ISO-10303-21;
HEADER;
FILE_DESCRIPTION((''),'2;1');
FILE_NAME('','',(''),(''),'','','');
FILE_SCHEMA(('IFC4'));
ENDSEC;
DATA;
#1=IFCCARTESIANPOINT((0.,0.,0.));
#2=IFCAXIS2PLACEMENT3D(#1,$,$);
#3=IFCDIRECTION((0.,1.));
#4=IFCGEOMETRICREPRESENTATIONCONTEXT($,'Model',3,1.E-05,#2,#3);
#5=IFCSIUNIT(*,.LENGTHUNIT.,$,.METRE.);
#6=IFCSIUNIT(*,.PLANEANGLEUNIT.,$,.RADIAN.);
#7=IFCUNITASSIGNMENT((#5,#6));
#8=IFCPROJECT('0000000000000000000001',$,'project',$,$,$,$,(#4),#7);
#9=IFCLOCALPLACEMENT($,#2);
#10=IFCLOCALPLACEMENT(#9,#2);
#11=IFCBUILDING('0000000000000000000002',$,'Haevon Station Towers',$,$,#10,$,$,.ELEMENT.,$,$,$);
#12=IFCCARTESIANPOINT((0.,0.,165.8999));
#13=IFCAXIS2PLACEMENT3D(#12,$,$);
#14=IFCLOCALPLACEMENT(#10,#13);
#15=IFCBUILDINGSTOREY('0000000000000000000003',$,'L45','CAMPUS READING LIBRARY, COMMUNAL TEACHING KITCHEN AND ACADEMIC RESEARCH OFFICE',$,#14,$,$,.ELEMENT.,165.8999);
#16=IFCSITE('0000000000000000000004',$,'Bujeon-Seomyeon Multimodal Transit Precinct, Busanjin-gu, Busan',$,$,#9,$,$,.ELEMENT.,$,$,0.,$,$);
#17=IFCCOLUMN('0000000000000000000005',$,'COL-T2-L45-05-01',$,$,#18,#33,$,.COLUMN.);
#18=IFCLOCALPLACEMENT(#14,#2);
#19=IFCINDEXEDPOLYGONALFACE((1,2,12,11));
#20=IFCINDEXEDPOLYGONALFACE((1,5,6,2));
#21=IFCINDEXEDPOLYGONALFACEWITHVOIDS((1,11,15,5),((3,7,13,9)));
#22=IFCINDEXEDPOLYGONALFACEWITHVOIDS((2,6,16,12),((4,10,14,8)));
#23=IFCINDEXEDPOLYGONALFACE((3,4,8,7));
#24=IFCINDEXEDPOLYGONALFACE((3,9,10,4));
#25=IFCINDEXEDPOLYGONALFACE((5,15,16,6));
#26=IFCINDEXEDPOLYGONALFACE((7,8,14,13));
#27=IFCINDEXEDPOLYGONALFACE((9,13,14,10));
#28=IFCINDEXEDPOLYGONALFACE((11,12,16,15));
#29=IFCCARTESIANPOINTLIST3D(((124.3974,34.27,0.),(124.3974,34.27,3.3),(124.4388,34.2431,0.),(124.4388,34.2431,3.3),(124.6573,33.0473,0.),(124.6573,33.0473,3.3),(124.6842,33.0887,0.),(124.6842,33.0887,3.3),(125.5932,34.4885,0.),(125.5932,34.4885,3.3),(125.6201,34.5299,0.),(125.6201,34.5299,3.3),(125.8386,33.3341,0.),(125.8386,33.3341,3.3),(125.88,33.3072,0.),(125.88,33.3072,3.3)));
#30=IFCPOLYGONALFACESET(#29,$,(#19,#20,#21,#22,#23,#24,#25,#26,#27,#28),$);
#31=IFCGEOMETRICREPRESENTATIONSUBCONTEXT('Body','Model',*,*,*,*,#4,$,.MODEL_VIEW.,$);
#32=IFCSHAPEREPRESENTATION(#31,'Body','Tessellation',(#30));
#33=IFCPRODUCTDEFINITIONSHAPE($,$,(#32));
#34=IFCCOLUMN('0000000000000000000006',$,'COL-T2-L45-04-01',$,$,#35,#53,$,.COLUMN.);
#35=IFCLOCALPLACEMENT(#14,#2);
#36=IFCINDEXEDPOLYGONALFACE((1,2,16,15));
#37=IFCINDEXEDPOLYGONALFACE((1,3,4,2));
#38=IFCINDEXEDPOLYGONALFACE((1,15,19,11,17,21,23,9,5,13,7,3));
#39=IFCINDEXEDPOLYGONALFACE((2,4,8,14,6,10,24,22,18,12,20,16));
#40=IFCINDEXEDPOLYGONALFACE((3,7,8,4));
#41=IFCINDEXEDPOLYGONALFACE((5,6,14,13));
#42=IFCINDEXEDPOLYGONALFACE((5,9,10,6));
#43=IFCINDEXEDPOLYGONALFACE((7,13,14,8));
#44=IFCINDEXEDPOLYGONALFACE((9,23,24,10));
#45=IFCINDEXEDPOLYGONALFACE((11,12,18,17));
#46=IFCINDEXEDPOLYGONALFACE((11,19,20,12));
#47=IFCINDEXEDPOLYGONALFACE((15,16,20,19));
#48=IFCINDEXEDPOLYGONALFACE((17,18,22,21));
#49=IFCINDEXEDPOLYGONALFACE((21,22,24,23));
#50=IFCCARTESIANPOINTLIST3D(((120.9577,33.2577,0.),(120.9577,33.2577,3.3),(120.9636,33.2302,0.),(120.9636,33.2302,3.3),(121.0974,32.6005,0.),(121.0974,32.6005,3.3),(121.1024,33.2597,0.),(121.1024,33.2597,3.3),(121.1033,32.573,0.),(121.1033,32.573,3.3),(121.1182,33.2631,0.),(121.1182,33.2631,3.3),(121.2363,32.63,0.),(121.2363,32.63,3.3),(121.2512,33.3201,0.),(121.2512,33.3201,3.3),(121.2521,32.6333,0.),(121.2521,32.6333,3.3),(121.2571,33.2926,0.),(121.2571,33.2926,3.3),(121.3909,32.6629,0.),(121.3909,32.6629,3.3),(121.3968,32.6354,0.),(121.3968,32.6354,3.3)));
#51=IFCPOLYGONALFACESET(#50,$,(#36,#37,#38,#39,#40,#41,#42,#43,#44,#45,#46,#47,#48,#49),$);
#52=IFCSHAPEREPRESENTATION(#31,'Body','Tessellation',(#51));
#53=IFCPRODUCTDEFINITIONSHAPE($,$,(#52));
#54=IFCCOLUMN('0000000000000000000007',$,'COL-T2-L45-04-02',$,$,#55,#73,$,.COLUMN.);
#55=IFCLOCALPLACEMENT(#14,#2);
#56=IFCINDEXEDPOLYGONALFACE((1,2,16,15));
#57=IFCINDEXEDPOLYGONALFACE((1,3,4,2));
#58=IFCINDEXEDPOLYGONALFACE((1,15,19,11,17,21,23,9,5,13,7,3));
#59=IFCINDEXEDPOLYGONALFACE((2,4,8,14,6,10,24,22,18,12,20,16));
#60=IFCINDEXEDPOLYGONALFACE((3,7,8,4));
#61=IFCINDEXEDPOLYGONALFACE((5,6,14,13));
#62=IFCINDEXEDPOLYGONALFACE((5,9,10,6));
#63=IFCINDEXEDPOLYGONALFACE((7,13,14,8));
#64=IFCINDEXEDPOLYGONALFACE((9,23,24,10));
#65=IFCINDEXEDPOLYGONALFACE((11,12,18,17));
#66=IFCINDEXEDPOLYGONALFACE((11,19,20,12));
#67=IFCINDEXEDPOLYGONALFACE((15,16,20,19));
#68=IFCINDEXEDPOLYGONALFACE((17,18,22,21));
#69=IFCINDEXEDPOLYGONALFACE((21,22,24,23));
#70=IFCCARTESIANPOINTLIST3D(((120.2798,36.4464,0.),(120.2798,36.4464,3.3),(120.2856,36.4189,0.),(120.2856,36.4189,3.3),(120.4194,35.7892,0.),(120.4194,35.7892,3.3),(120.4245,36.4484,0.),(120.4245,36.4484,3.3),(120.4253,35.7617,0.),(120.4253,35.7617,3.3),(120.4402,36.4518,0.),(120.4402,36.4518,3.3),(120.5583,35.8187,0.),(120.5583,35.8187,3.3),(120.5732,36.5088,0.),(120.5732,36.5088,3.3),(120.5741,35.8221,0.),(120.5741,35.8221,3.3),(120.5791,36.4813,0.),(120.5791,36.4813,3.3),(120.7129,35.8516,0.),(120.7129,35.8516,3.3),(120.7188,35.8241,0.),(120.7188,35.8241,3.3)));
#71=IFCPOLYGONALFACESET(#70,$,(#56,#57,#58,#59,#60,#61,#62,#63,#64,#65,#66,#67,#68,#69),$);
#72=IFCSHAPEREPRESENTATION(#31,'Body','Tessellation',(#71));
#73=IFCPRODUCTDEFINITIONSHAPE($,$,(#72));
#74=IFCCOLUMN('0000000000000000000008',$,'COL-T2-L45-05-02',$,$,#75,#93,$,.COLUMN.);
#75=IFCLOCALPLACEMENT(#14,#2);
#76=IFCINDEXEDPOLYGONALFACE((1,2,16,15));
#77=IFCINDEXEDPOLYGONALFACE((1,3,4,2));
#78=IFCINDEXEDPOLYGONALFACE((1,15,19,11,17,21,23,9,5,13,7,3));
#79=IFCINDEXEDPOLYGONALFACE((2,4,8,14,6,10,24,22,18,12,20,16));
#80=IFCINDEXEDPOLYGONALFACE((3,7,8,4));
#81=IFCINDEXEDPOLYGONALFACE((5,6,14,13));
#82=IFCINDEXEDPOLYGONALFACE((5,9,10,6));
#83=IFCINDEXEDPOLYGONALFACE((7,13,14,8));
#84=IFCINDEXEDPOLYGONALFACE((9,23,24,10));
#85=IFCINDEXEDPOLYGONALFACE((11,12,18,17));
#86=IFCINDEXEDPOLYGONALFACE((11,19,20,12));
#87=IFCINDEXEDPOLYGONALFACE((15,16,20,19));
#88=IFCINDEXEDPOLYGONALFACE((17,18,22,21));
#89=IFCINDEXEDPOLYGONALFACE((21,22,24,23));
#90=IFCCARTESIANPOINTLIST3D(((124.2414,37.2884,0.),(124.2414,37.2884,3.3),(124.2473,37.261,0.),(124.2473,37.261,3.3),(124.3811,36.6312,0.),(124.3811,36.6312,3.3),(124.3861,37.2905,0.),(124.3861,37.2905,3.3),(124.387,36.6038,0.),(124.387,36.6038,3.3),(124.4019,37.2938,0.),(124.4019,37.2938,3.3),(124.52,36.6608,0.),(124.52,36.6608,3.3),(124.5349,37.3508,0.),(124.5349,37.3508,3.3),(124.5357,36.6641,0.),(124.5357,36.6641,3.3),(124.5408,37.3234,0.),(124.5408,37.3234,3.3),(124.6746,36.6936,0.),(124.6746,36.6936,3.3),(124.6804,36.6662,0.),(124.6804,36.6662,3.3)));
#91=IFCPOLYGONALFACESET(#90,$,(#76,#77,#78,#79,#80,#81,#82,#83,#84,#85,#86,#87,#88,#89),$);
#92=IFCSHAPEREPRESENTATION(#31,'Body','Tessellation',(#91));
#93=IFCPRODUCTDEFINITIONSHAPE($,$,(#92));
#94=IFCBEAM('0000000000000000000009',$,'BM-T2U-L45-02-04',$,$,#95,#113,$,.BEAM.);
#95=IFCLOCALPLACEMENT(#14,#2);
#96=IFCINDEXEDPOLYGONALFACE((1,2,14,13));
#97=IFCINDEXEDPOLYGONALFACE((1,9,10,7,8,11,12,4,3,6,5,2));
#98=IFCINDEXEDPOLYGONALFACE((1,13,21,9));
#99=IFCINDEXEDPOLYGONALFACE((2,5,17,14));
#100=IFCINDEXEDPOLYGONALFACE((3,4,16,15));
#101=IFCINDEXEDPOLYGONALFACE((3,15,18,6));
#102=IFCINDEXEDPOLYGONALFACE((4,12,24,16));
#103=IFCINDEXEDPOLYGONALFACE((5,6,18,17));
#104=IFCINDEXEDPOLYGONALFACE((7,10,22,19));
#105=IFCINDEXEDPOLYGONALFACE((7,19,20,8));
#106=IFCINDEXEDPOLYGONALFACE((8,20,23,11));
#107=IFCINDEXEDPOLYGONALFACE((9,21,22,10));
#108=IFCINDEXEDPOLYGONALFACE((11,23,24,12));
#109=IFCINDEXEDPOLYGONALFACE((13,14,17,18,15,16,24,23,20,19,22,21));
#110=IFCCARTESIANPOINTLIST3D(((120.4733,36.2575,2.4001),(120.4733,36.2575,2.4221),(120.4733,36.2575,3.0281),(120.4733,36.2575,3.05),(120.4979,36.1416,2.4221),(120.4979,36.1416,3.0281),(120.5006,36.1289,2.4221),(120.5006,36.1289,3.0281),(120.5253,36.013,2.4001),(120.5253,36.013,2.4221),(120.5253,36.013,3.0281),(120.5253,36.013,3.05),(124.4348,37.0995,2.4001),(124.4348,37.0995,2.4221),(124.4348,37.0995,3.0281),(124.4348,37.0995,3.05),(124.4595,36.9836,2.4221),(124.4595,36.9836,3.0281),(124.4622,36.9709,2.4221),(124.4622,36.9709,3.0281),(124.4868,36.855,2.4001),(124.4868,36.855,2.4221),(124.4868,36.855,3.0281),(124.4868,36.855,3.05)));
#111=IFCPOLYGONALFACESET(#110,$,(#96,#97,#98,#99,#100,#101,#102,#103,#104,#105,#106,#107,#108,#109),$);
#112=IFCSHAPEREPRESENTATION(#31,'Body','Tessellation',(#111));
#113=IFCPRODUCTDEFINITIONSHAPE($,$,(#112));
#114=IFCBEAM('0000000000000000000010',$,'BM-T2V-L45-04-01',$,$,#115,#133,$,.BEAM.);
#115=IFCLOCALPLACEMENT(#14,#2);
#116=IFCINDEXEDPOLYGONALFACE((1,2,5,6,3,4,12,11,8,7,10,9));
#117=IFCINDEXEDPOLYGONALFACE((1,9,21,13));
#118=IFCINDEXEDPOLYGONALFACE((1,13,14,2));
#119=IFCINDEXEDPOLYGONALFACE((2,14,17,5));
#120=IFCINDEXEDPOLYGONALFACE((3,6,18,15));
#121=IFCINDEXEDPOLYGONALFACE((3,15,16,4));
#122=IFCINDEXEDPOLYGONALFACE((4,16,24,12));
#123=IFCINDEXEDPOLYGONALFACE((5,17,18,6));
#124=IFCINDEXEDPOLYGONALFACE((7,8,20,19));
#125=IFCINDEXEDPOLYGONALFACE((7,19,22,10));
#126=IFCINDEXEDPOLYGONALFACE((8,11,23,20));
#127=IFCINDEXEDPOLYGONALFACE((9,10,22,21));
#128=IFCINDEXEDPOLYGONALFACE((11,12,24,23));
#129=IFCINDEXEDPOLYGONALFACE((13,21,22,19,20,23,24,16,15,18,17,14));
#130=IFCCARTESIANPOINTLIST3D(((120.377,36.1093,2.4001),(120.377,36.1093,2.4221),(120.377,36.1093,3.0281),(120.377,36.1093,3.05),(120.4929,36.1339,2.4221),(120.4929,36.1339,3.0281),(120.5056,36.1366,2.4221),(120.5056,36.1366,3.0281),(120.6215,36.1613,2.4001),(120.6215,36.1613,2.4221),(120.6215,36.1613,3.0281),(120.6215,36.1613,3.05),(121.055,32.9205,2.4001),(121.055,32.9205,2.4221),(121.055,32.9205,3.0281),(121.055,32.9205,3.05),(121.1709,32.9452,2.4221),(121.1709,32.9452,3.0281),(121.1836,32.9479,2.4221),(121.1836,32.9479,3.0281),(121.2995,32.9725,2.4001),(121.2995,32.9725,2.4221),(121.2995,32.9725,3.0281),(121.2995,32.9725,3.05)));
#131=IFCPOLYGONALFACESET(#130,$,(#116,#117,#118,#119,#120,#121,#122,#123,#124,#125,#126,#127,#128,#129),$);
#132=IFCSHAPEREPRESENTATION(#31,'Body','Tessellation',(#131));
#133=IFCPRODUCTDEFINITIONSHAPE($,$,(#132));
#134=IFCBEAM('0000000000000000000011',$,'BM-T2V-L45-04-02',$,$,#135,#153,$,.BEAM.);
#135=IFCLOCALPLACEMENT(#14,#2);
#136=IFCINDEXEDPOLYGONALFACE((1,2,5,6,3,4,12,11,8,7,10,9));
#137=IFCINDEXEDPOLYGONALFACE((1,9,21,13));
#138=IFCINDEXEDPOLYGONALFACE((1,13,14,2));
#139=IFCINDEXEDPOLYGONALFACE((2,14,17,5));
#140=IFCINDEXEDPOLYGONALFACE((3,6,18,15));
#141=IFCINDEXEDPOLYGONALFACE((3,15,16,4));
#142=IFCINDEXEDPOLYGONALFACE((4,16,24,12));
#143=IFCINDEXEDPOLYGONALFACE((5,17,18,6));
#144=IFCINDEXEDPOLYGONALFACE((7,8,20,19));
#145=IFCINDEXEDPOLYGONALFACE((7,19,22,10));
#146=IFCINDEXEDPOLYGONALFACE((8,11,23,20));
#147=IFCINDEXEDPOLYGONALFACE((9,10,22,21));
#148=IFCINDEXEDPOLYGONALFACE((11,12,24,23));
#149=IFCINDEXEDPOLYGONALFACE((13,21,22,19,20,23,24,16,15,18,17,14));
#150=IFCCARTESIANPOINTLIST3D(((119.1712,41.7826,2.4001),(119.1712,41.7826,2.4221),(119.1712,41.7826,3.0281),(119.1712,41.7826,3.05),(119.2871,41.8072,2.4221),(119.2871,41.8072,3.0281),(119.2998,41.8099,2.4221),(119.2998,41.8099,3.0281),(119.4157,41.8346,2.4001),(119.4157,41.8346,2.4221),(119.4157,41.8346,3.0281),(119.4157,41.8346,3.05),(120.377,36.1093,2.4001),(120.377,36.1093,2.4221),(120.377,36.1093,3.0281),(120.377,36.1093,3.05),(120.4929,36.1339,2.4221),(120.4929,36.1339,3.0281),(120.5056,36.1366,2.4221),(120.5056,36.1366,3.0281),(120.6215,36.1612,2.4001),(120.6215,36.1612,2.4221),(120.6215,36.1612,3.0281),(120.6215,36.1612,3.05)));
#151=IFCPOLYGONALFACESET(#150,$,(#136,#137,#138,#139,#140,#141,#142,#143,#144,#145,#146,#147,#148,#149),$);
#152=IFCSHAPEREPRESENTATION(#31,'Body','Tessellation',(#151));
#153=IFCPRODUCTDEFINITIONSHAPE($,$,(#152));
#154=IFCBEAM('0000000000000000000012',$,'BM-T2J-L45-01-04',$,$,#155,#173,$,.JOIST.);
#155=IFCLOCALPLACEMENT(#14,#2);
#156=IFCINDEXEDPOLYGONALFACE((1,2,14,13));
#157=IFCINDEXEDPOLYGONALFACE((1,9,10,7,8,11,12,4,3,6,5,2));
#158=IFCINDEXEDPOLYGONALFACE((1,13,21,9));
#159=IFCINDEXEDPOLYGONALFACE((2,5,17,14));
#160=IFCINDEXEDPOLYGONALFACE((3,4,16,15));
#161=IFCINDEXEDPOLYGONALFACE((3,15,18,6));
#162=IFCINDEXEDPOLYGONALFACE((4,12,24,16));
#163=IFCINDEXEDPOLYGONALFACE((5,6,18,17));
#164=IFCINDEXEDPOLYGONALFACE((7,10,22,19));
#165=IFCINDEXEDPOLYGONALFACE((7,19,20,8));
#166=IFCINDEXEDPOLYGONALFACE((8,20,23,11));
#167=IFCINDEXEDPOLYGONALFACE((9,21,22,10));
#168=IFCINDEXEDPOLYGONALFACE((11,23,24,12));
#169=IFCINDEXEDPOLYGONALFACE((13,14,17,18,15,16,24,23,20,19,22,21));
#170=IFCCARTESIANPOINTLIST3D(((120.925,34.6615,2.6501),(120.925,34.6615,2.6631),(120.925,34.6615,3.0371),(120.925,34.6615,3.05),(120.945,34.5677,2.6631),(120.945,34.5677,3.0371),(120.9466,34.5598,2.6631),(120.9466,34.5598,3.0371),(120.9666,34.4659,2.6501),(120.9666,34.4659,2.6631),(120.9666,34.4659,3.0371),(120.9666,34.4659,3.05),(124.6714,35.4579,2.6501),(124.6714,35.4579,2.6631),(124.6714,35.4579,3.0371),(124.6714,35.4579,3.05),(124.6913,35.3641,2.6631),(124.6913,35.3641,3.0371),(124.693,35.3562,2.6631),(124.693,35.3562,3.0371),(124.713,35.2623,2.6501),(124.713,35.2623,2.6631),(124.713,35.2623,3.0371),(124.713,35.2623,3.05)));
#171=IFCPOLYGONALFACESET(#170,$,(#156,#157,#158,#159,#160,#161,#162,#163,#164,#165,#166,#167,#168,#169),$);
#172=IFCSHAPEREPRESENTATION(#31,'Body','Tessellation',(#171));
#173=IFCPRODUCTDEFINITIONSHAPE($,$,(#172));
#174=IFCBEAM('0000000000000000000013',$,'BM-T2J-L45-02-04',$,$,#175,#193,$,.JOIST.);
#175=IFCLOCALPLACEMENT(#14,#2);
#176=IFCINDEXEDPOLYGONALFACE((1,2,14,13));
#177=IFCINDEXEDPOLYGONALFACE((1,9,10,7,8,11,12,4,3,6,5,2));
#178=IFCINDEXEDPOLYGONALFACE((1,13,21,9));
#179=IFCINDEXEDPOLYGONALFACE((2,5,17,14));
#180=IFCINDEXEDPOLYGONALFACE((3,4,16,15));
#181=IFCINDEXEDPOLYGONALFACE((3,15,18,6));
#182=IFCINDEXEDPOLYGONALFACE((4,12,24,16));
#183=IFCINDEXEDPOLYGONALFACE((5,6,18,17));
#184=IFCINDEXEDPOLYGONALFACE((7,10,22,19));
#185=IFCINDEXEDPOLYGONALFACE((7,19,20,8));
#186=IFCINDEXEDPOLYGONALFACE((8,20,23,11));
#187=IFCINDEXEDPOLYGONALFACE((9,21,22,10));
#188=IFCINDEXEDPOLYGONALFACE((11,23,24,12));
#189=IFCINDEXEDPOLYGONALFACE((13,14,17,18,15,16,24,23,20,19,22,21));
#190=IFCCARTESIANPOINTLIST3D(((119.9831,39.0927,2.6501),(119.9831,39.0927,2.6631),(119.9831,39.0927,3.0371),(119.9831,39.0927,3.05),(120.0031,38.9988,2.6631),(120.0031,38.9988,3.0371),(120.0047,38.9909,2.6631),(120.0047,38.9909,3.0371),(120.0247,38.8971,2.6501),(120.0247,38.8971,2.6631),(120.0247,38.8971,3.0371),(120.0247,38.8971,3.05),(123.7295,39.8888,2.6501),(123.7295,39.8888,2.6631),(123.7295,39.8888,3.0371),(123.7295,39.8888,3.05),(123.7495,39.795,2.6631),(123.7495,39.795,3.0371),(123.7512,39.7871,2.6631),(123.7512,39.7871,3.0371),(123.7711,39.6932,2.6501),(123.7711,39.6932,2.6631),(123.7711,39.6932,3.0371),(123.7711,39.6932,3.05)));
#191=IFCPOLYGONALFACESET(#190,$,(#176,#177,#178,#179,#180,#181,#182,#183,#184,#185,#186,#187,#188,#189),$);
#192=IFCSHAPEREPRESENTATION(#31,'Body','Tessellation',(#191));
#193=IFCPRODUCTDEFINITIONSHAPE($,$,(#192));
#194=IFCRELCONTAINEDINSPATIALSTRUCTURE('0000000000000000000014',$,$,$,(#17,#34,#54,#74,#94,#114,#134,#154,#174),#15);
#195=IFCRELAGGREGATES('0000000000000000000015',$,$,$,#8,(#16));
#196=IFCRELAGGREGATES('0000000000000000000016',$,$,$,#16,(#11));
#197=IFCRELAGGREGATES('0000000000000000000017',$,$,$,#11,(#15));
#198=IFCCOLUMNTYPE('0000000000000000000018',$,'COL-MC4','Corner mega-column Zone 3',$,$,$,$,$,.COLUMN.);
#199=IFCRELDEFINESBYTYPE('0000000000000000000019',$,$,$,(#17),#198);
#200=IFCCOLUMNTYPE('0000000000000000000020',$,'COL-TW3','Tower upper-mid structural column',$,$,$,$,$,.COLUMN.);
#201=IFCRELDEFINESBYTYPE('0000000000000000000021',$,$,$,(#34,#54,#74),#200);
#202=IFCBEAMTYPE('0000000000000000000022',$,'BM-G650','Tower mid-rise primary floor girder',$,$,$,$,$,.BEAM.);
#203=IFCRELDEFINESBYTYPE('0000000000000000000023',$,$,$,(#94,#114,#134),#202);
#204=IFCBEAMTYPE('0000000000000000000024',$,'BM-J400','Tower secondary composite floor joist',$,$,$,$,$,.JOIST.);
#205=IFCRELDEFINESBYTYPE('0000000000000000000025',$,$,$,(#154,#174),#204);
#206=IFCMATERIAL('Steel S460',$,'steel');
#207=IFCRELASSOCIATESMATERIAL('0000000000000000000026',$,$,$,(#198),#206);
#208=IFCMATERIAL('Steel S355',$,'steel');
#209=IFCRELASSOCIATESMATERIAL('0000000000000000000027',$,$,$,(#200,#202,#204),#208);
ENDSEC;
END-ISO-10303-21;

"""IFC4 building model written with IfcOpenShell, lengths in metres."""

from ifc_helpers import new_model, si_unit, direction, frame, origin, origin_2d, place, context, subcontext, project, spatial, hollow_rectangle, i_section, extrude, material, material_profile, profile_set, type_object, element, save


model = new_model("IFC4")

# Units and contexts
model_context = context("Model", 3, precision=1e-05, world=origin(), true_north=direction((0.0, 1.0)))
body_context = subcontext(model_context, "Body", "Model", "MODEL_VIEW")
ifc_project = project(units=[si_unit("LENGTHUNIT", "METRE"), si_unit("PLANEANGLEUNIT", "RADIAN")], contexts=[model_context])

# Site, building, storey
site_placement = place(None, origin())
site = spatial("IfcSite", under=ifc_project, at=site_placement, Name="Bujeon-Seomyeon Multimodal Transit Precinct, Busanjin-gu, Busan", CompositionType="ELEMENT", RefElevation=0.0)
building_placement = place(site_placement, origin())
building = spatial("IfcBuilding", under=site, at=building_placement, Name="Haevon Station Towers", CompositionType="ELEMENT")
storey_placement = place(building_placement, frame((0.0, 0.0, 165.8999)))
storey = spatial("IfcBuildingStorey", under=building, at=storey_placement, Name="L45", Description="CAMPUS READING LIBRARY, COMMUNAL TEACHING KITCHEN AND ACADEMIC RESEARCH OFFICE", CompositionType="ELEMENT", Elevation=165.8999)

# Columns
ifc_material_1 = material(Name="Steel S460", Category="steel")
ifc_material_profile_1 = material_profile(ifc_material_1, hollow_rectangle(XDim=1.25, YDim=1.25, WallThickness=0.0349, at=origin_2d()), Name="BOX-1250x1250x35")
ifc_profile_set_1 = profile_set([ifc_material_profile_1], Name="Steel S460")
column_type_1 = type_object("IfcColumnType", Name="COL-MC4", Description="Corner mega-column Zone 3", PredefinedType="COLUMN", material=ifc_profile_set_1)
column_placement = place(storey_placement, frame((125.1387, 33.7886, 0.0), z_axis=(0.0, 0.0, 1.0), x_axis=(0.978148, 0.207912, 0.0)))
element("IfcColumn", 1, at=column_placement, inside=storey, type_object=column_type_1, Name="COL-T2-L45-05-01", PredefinedType="COLUMN", context=body_context, shape_type="SweptSolid", body=[
    extrude(hollow_rectangle(XDim=1.25, YDim=1.25, WallThickness=0.0349, at=origin_2d()), origin(), (0.0, 0.0, 1.0), 3.3),
])
ifc_material_2 = material(Name="Steel S355", Category="steel")
ifc_material_profile_2 = material_profile(ifc_material_2, i_section(OverallWidth=0.3, OverallDepth=0.7, WebThickness=0.0161, FlangeThickness=0.0281, at=origin_2d()), Name="H-700x300x16x28")
ifc_profile_set_2 = profile_set([ifc_material_profile_2], Name="Steel S355")
column_type_2 = type_object("IfcColumnType", Name="COL-TW3", Description="Tower upper-mid structural column", PredefinedType="COLUMN", material=ifc_profile_set_2)
for number, where, z_axis, x_axis, name in (
    (2, (121.1772, 32.9465, 0.0), (0.0, 0.0, 1.0), (0.978148, 0.207912, 0.0), "COL-T2-L45-04-01"),
    (3, (120.4993, 36.1353, 0.0), (0.0, 0.0, 1.0), (0.978148, 0.207912, 0.0), "COL-T2-L45-04-02"),
    (4, (124.4609, 36.9773, 0.0), (0.0, 0.0, 1.0), (0.978148, 0.207912, 0.0), "COL-T2-L45-05-02"),
):
    element("IfcColumn", number, at=place(storey_placement, frame(where, z_axis=z_axis, x_axis=x_axis)), inside=storey, type_object=column_type_2, Name=name, PredefinedType="COLUMN", context=body_context, shape_type="SweptSolid", body=[
        extrude(i_section(OverallWidth=0.3, OverallDepth=0.7, WebThickness=0.0161, FlangeThickness=0.0281, at=origin_2d()), origin(), (0.0, 0.0, 1.0), 3.3),
    ])

# Beams
ifc_material_profile_3 = material_profile(ifc_material_2, i_section(OverallWidth=0.25, OverallDepth=0.6499, WebThickness=0.0129, FlangeThickness=0.022, at=origin_2d()), Name="H-650x250x13x22")
ifc_profile_set_3 = profile_set([ifc_material_profile_3], Name="Steel S355")
beam_type_1 = type_object("IfcBeamType", Name="BM-G650", Description="Tower mid-rise primary floor girder", PredefinedType="BEAM", material=ifc_profile_set_3)
beam_1_placement = place(storey_placement, frame((120.4993, 36.1353, 2.7251), z_axis=(0.97815, 0.207903, 0.0), x_axis=(-0.207903, 0.97815, 0.0)))
element("IfcBeam", 5, at=beam_1_placement, inside=storey, type_object=beam_type_1, Name="BM-T2U-L45-02-04", PredefinedType="BEAM", context=body_context, shape_type="SweptSolid", body=[
    extrude(i_section(OverallWidth=0.25, OverallDepth=0.6499, WebThickness=0.0129, FlangeThickness=0.022, at=origin_2d()), origin(), (0.0, 0.0, 1.0), 4.05),
])
beam_2_placement = place(storey_placement, frame((121.1772, 32.9465, 2.7251), z_axis=(-0.207969, 0.978135, 0.0), x_axis=(-0.978135, -0.207969, 0.0)))
element("IfcBeam", 6, at=beam_2_placement, inside=storey, type_object=beam_type_1, Name="BM-T2V-L45-04-01", PredefinedType="BEAM", context=body_context, shape_type="SweptSolid", body=[
    extrude(i_section(OverallWidth=0.25, OverallDepth=0.6499, WebThickness=0.0129, FlangeThickness=0.022, at=origin_2d()), origin(), (0.0, 0.0, 1.0), 3.26),
])
beam_3_placement = place(storey_placement, frame((120.4993, 36.1353, 2.7251), z_axis=(-0.207896, 0.978151, 0.0), x_axis=(-0.978151, -0.207896, 0.0)))
element("IfcBeam", 7, at=beam_3_placement, inside=storey, type_object=beam_type_1, Name="BM-T2V-L45-04-02", PredefinedType="BEAM", context=body_context, shape_type="SweptSolid", body=[
    extrude(i_section(OverallWidth=0.25, OverallDepth=0.6499, WebThickness=0.0129, FlangeThickness=0.022, at=origin_2d()), origin(), (0.0, 0.0, 1.0), 5.8),
])
ifc_material_profile_4 = material_profile(ifc_material_2, i_section(OverallWidth=0.2, OverallDepth=0.3999, WebThickness=0.0081, FlangeThickness=0.0129, at=origin_2d()), Name="H-400x200x8x13")
ifc_profile_set_4 = profile_set([ifc_material_profile_4], Name="Steel S355")
beam_type_2 = type_object("IfcBeamType", Name="BM-J400", Description="Tower secondary composite floor joist", PredefinedType="JOIST", material=ifc_profile_set_4)
for number, where, z_axis, x_axis, name in (
    (8, (120.9458, 34.5637, 2.8501), (0.978143, 0.207931, 0.0), (-0.207931, 0.978143, 0.0), "BM-T2J-L45-01-04"),
    (9, (120.0039, 38.9949, 2.8501), (0.978156, 0.20787, 0.0), (-0.20787, 0.978156, 0.0), "BM-T2J-L45-02-04"),
):
    element("IfcBeam", number, at=place(storey_placement, frame(where, z_axis=z_axis, x_axis=x_axis)), inside=storey, type_object=beam_type_2, Name=name, PredefinedType="JOIST", context=body_context, shape_type="SweptSolid", body=[
        extrude(i_section(OverallWidth=0.2, OverallDepth=0.3999, WebThickness=0.0081, FlangeThickness=0.0129, at=origin_2d()), origin(), (0.0, 0.0, 1.0), 3.8301),
    ])

save(model, "model.ifc")
